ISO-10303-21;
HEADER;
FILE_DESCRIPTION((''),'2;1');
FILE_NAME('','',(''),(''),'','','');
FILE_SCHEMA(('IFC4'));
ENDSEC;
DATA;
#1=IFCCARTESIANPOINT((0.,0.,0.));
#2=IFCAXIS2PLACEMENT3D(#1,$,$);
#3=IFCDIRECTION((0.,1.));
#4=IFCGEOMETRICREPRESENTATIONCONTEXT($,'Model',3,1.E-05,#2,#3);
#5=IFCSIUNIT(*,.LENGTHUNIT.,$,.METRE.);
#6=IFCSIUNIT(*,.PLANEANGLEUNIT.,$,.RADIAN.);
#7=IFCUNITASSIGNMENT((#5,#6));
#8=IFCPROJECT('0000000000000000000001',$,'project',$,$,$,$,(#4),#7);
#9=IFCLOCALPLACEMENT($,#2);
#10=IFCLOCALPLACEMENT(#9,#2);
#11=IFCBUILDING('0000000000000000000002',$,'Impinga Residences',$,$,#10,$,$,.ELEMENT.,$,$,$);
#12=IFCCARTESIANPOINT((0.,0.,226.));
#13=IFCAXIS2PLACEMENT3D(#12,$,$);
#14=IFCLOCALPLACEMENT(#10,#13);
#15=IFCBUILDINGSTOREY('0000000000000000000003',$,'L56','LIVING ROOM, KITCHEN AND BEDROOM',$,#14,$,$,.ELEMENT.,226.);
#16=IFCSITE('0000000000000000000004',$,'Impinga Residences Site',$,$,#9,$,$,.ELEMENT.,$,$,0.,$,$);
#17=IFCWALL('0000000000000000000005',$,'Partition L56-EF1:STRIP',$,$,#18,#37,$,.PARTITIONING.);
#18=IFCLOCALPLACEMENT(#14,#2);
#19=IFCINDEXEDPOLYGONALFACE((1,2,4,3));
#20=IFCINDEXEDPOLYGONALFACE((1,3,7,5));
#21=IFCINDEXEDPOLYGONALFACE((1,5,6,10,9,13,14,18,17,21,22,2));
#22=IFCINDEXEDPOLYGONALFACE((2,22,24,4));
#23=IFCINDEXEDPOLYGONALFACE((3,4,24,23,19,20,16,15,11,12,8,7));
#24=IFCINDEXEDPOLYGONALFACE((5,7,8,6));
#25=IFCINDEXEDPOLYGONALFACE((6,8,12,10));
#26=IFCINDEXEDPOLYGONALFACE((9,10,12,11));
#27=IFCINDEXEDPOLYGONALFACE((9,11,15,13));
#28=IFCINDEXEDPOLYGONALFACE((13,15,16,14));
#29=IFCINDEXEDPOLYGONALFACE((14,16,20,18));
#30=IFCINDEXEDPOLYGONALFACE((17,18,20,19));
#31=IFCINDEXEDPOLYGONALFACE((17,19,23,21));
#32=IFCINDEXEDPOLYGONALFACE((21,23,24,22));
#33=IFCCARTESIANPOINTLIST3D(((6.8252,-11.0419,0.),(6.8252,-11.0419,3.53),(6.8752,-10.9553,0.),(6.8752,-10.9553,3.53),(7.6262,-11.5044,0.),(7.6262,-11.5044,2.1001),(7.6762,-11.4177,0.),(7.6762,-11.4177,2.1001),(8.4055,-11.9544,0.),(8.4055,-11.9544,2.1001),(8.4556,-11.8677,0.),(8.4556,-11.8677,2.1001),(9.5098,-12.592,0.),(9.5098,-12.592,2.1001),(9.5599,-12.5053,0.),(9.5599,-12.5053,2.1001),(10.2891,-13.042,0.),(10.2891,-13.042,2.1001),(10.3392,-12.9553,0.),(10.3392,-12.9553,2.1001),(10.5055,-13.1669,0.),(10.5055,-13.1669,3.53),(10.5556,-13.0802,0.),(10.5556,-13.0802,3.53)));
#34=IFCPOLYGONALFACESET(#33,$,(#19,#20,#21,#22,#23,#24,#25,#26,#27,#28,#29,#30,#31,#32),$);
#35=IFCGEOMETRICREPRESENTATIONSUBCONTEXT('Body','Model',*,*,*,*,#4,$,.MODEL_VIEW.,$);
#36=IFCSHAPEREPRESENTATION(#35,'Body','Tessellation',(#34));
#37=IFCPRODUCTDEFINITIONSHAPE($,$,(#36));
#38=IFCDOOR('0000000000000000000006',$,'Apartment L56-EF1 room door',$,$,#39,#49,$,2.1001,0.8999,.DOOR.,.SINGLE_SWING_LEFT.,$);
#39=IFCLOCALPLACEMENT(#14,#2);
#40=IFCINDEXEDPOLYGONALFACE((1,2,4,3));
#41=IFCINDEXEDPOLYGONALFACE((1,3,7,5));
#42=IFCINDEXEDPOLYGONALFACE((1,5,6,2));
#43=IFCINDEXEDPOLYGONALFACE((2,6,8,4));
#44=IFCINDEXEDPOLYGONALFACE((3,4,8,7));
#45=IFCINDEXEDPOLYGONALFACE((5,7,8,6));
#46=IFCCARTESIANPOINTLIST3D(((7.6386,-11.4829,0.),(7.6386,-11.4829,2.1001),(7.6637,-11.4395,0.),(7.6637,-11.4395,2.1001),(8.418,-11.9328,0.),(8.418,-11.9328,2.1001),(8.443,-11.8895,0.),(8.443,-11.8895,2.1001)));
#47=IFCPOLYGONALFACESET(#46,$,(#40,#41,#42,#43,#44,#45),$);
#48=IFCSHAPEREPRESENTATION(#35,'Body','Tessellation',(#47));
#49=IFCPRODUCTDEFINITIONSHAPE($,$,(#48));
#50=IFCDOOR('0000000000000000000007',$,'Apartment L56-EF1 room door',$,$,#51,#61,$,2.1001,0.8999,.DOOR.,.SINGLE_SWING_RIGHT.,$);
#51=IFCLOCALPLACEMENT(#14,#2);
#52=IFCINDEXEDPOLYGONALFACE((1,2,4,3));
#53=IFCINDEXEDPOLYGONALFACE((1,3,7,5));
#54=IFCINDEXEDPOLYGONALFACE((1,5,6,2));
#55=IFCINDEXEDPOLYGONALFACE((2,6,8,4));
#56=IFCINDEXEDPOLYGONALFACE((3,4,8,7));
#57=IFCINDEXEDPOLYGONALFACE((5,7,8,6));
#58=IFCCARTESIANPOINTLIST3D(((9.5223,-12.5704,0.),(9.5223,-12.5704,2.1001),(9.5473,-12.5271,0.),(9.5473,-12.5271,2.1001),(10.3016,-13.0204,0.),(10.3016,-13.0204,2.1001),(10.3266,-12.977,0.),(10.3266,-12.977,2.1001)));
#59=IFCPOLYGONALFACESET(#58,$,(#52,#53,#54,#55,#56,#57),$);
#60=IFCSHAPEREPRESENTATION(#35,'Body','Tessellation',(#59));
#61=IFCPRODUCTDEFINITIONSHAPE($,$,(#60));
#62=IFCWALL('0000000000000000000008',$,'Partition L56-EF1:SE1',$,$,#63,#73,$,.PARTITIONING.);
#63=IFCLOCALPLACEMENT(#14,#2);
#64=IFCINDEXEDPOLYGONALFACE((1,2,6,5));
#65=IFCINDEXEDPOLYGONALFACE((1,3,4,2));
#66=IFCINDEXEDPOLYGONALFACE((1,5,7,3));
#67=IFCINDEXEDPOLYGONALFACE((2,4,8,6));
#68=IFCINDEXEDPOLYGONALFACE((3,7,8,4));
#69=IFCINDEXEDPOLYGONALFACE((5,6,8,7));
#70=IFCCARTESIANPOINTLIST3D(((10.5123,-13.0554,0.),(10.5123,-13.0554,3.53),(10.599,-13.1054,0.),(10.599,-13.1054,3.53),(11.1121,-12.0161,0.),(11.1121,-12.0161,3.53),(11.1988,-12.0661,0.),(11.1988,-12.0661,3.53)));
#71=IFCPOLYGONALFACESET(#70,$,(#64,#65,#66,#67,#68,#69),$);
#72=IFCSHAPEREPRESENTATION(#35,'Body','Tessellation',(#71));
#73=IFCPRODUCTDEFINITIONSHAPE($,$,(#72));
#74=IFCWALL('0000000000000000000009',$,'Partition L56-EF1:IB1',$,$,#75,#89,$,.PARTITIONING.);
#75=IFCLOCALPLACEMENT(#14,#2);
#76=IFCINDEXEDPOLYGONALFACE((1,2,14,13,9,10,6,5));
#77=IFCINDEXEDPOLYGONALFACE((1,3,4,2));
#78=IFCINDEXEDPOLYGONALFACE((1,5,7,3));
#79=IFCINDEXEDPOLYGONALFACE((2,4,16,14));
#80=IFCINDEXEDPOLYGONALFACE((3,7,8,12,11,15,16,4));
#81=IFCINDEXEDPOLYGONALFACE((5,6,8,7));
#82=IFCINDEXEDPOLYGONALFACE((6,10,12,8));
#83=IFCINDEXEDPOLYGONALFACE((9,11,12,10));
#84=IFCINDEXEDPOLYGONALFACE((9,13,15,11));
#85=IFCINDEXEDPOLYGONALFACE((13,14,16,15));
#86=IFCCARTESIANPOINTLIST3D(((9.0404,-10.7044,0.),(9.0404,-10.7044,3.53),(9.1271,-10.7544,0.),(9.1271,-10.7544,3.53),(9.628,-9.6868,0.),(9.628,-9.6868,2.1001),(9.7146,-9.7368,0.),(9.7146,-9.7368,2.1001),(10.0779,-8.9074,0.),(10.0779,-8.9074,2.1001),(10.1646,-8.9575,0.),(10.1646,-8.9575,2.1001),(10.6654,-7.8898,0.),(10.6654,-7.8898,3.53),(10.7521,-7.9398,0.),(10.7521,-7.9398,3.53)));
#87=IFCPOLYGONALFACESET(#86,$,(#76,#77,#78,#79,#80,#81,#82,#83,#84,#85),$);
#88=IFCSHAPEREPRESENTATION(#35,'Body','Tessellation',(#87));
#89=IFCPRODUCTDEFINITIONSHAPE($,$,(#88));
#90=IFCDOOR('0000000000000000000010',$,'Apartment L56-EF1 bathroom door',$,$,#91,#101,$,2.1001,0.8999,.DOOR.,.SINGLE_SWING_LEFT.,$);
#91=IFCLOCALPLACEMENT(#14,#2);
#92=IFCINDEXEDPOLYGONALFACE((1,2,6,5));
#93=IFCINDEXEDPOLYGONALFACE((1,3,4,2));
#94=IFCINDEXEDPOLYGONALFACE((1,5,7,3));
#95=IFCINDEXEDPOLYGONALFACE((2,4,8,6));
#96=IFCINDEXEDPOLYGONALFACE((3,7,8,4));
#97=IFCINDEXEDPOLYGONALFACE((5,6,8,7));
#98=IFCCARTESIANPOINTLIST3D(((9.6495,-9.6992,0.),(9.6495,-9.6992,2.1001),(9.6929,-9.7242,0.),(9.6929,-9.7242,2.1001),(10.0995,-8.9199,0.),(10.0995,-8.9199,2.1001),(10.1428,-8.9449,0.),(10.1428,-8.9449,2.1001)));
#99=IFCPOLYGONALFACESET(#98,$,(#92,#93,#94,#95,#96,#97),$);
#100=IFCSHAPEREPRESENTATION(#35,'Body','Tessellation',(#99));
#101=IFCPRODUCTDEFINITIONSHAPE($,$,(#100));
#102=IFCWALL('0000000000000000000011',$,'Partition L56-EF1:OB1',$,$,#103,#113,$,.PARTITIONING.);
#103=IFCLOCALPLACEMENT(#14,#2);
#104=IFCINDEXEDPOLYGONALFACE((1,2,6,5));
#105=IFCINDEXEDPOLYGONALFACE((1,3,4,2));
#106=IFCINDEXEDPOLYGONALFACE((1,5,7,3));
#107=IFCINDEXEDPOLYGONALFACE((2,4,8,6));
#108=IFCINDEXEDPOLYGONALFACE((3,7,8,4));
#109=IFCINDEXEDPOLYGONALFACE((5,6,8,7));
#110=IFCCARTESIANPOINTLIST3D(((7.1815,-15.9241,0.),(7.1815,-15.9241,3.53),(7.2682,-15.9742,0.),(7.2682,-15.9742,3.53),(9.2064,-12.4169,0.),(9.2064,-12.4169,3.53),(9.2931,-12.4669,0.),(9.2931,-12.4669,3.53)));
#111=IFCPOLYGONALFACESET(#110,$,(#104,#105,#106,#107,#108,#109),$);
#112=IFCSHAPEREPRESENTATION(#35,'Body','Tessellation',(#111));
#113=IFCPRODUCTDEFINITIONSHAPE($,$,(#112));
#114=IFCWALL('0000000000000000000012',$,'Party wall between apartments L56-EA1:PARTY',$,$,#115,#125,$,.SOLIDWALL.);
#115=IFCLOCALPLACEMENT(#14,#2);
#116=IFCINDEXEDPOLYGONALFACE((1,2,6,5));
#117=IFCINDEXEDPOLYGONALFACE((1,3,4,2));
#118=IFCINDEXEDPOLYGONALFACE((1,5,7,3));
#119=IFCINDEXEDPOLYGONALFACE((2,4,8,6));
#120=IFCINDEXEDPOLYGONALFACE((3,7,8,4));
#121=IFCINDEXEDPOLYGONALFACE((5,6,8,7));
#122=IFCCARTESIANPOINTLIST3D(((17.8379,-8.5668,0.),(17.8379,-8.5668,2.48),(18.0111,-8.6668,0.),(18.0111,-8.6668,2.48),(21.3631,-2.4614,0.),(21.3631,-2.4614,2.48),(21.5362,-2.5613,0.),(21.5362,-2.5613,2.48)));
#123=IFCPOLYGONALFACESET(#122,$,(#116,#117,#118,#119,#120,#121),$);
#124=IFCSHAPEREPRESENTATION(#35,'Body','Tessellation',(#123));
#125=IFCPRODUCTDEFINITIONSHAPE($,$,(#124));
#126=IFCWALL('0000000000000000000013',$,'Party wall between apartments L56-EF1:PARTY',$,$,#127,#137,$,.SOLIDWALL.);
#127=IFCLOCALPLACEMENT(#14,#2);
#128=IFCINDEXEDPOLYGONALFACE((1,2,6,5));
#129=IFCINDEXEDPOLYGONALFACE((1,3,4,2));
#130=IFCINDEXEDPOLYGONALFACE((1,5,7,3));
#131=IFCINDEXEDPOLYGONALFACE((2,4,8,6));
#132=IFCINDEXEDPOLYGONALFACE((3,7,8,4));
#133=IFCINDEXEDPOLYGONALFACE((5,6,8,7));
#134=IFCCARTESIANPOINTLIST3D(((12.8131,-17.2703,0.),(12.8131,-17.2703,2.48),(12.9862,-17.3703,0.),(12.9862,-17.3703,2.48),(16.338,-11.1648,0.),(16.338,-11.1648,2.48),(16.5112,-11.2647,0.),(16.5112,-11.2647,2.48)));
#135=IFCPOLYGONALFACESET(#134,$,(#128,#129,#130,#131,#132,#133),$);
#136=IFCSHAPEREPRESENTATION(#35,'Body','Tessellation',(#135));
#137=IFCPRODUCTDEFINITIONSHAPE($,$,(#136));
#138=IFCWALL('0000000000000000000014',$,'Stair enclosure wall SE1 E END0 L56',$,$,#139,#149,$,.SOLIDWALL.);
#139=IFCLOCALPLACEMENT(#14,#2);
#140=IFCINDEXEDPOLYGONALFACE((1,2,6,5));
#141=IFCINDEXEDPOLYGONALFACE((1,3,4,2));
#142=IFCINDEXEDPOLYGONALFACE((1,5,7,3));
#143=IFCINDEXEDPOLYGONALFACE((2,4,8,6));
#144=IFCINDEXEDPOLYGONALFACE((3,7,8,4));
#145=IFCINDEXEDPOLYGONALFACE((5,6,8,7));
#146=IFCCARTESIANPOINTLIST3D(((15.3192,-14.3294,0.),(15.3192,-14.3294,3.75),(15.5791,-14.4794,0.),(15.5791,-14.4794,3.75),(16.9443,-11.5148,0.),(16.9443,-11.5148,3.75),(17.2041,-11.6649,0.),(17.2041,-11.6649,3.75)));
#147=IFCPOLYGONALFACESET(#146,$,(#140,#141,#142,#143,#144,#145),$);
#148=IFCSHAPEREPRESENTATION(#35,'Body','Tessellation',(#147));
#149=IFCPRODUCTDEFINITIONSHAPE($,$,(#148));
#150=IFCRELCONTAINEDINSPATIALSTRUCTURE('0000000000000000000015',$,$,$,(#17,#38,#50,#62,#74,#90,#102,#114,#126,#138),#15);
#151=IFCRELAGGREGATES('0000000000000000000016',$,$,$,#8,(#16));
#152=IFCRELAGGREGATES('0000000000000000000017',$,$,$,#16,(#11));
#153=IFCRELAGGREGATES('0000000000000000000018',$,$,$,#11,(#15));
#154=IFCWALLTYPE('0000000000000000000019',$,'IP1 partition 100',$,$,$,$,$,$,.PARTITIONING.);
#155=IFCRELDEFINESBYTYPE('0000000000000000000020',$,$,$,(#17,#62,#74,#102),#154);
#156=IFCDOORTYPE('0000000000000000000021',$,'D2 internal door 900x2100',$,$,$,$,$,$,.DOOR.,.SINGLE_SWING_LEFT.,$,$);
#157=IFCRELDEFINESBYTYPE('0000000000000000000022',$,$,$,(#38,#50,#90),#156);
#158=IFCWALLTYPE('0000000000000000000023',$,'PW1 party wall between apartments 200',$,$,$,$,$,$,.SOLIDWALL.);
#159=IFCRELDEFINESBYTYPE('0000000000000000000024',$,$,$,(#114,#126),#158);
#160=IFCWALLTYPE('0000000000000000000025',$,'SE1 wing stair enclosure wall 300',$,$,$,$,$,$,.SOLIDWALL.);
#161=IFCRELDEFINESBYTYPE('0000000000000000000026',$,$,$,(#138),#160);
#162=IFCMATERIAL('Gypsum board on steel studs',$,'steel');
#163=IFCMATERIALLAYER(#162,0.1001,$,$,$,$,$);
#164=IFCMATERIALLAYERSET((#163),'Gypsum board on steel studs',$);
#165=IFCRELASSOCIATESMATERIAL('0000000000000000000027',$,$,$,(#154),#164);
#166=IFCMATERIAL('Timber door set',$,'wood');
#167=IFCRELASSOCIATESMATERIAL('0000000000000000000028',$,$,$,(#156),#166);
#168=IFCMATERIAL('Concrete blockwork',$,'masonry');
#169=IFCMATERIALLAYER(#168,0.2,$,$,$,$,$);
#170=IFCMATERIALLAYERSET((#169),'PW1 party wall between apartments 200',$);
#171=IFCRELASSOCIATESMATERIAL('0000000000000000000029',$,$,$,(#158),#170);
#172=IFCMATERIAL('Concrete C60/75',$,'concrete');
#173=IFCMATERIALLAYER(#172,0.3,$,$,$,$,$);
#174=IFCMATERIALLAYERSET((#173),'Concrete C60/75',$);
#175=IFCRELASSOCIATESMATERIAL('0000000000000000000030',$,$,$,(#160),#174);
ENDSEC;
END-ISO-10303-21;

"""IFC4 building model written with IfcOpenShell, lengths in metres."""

from ifc_helpers import new_model, si_unit, direction, frame, frame_2d, origin, place, context, subcontext, project, spatial, rectangle, extrude, material, layer, layer_set, type_object, element, fill, save


model = new_model("IFC4")

# Units and contexts
model_context = context("Model", 3, precision=1e-05, world=origin(), true_north=direction((0.0, 1.0)))
body_context = subcontext(model_context, "Body", "Model", "MODEL_VIEW")
ifc_project = project(units=[si_unit("LENGTHUNIT", "METRE"), si_unit("PLANEANGLEUNIT", "RADIAN")], contexts=[model_context])

# Site, building, storey
site_placement = place(None, origin())
site = spatial("IfcSite", under=ifc_project, at=site_placement, Name="Impinga Residences Site", CompositionType="ELEMENT", RefElevation=0.0)
building_placement = place(site_placement, origin())
building = spatial("IfcBuilding", under=site, at=building_placement, Name="Impinga Residences", CompositionType="ELEMENT")
storey_placement = place(building_placement, frame((0.0, 0.0, 226.0)))
storey = spatial("IfcBuildingStorey", under=building, at=storey_placement, Name="L56", Description="LIVING ROOM, KITCHEN AND BEDROOM", CompositionType="ELEMENT", Elevation=226.0)

# Shared definitions
ifc_material_1 = material(Name="Concrete C60/75", Category="concrete")

# Shared definitions
ifc_material_2 = material(Name="Timber door set", Category="wood")

# Shared definitions
ifc_material_3 = material(Name="Gypsum board on steel studs", Category="steel")
ifc_layer_1 = layer(ifc_material_3, 0.1001)
ifc_layer_set_1 = layer_set([ifc_layer_1], Name="Gypsum board on steel studs")
wall_type_1 = type_object("IfcWallType", Name="IP1 partition 100", PredefinedType="PARTITIONING", material=ifc_layer_set_1)
door_type_1 = type_object("IfcDoorType", Name="D2 internal door 900x2100", OperationType="SINGLE_SWING_LEFT", PredefinedType="DOOR", material=ifc_material_2)

# Wall, openings, doors
wall_1_placement = place(storey_placement, frame((6.8501, -10.9985, 0.0), z_axis=(0.0, 0.0, 1.0), x_axis=(0.866014, -0.500019, 0.0)))
wall_1 = element("IfcWall", 1, at=wall_1_placement, inside=storey, type_object=wall_type_1, Name="Partition L56-EF1:STRIP", PredefinedType="PARTITIONING", context=body_context, shape_type="SweptSolid", body=[
    extrude(rectangle(XDim=4.2498, YDim=0.1001, at=frame_2d((2.125, 0.0))), origin(), (0.0, 0.0, 1.0), 3.53),
])
opening_1_placement = place(wall_1_placement, frame((0.925, 0.0, 0.0)))
opening_1 = element("IfcOpeningElement", 2, at=opening_1_placement, cuts=wall_1, PredefinedType="OPENING", context=body_context, shape_type="SweptSolid", body=[
    extrude(rectangle(XDim=0.8999, YDim=2.1001, at=frame_2d((0.45, 1.05))), frame((0.0, 0.0601, 0.0), z_axis=(0.0, -1.0, 0.0), x_axis=(1.0, 0.0, 0.0)), (0.0, 0.0, 1.0), 0.1201),
])
opening_2_placement = place(wall_1_placement, frame((3.1001, 0.0, 0.0)))
opening_2 = element("IfcOpeningElement", 3, at=opening_2_placement, cuts=wall_1, PredefinedType="OPENING", context=body_context, shape_type="SweptSolid", body=[
    extrude(rectangle(XDim=0.8999, YDim=2.1001, at=frame_2d((0.45, 1.05))), frame((0.0, 0.0601, 0.0), z_axis=(0.0, -1.0, 0.0), x_axis=(1.0, 0.0, 0.0)), (0.0, 0.0, 1.0), 0.1201),
])
door_1_placement = place(opening_1_placement, origin())
door_1 = element("IfcDoor", 4, at=door_1_placement, inside=storey, type_object=door_type_1, Name="Apartment L56-EF1 room door", OperationType="SINGLE_SWING_LEFT", OverallHeight=2.1001, OverallWidth=0.8999, PredefinedType="DOOR", context=body_context, shape_type="SweptSolid", body=[
    extrude(rectangle(XDim=0.8999, YDim=2.1001, at=frame_2d((0.45, 1.05))), frame((0.0, 0.0249, 0.0), z_axis=(0.0, -1.0, 0.0), x_axis=(1.0, 0.0, 0.0)), (0.0, 0.0, 1.0), 0.05),
])
fill(opening_1, door_1)
door_2_placement = place(opening_2_placement, origin())
door_2 = element("IfcDoor", 5, at=door_2_placement, inside=storey, type_object=door_type_1, Name="Apartment L56-EF1 room door", OperationType="SINGLE_SWING_RIGHT", OverallHeight=2.1001, OverallWidth=0.8999, PredefinedType="DOOR", context=body_context, shape_type="SweptSolid", body=[
    extrude(rectangle(XDim=0.8999, YDim=2.1001, at=frame_2d((0.45, 1.05))), frame((0.0, 0.0249, 0.0), z_axis=(0.0, -1.0, 0.0), x_axis=(1.0, 0.0, 0.0)), (0.0, 0.0, 1.0), 0.05),
])
fill(opening_2, door_2)

# Wall
wall_2_placement = place(storey_placement, frame((11.1555, -12.041, 0.0), z_axis=(0.0, 0.0, 1.0), x_axis=(-0.499881, -0.866094, 0.0)))
element("IfcWall", 6, at=wall_2_placement, inside=storey, type_object=wall_type_1, Name="Partition L56-EF1:SE1", PredefinedType="PARTITIONING", context=body_context, shape_type="SweptSolid", body=[
    extrude(rectangle(XDim=1.2, YDim=0.1001, at=frame_2d((0.6001, 0.0))), origin(), (0.0, 0.0, 1.0), 3.53),
])

# Wall, opening, door
wall_3_placement = place(storey_placement, frame((10.7087, -7.9148, 0.0), z_axis=(0.0, 0.0, 1.0), x_axis=(-0.499985, -0.866034, 0.0)))
wall_3 = element("IfcWall", 7, at=wall_3_placement, inside=storey, type_object=wall_type_1, Name="Partition L56-EF1:IB1", PredefinedType="PARTITIONING", context=body_context, shape_type="SweptSolid", body=[
    extrude(rectangle(XDim=3.25, YDim=0.1001, at=frame_2d((1.625, 0.0))), origin(), (0.0, 0.0, 1.0), 3.53),
])
opening_3_placement = place(wall_3_placement, frame((1.175, 0.0, 0.0)))
opening_3 = element("IfcOpeningElement", 8, at=opening_3_placement, cuts=wall_3, PredefinedType="OPENING", context=body_context, shape_type="SweptSolid", body=[
    extrude(rectangle(XDim=0.8999, YDim=2.1001, at=frame_2d((0.45, 1.05))), frame((0.0, 0.0601, 0.0), z_axis=(0.0, -1.0, 0.0), x_axis=(1.0, 0.0, 0.0)), (0.0, 0.0, 1.0), 0.1201),
])
door_3_placement = place(opening_3_placement, origin())
door_3 = element("IfcDoor", 9, at=door_3_placement, inside=storey, type_object=door_type_1, Name="Apartment L56-EF1 bathroom door", OperationType="SINGLE_SWING_LEFT", OverallHeight=2.1001, OverallWidth=0.8999, PredefinedType="DOOR", context=body_context, shape_type="SweptSolid", body=[
    extrude(rectangle(XDim=0.8999, YDim=2.1001, at=frame_2d((0.45, 1.05))), frame((0.0, 0.0249, 0.0), z_axis=(0.0, -1.0, 0.0), x_axis=(1.0, 0.0, 0.0)), (0.0, 0.0, 1.0), 0.05),
])
fill(opening_3, door_3)

# Walls
wall_4_placement = place(storey_placement, frame((9.2498, -12.4419, 0.0), z_axis=(0.0, 0.0, 1.0), x_axis=(-0.49999, -0.866031, 0.0)))
element("IfcWall", 10, at=wall_4_placement, inside=storey, type_object=wall_type_1, Name="Partition L56-EF1:OB1", PredefinedType="PARTITIONING", context=body_context, shape_type="SweptSolid", body=[
    extrude(rectangle(XDim=4.0498, YDim=0.1001, at=frame_2d((2.0249, 0.0))), origin(), (0.0, 0.0, 1.0), 3.53),
])
ifc_material_4 = material(Name="Concrete blockwork", Category="masonry")
ifc_layer_2 = layer(ifc_material_4, 0.2)
ifc_layer_set_2 = layer_set([ifc_layer_2], Name="PW1 party wall between apartments 200")
wall_type_2 = type_object("IfcWallType", Name="PW1 party wall between apartments 200", PredefinedType="SOLIDWALL", material=ifc_layer_set_2)
for number, where, z_axis, x_axis, name in (
    (11, (17.9246, -8.6167, 0.0), (0.0, 0.0, 1.0), (0.500016, 0.866016, 0.0), "Party wall between apartments L56-EA1:PARTY"),
    (12, (16.4246, -11.2148, 0.0), (0.0, 0.0, 1.0), (-0.49999, -0.866031, 0.0), "Party wall between apartments L56-EF1:PARTY"),
):
    element("IfcWall", number, at=place(storey_placement, frame(where, z_axis=z_axis, x_axis=x_axis)), inside=storey, type_object=wall_type_2, Name=name, PredefinedType="SOLIDWALL", context=body_context, shape_type="SweptSolid", body=[
        extrude(rectangle(XDim=7.05, YDim=0.2, at=frame_2d((3.5249, 0.0))), origin(), (0.0, 0.0, 1.0), 2.48),
    ])
ifc_layer_3 = layer(ifc_material_1, 0.3)
ifc_layer_set_3 = layer_set([ifc_layer_3], Name="Concrete C60/75")
wall_type_3 = type_object("IfcWallType", Name="SE1 wing stair enclosure wall 300", PredefinedType="SOLIDWALL", material=ifc_layer_set_3)
wall_5_placement = place(storey_placement, frame((17.0742, -11.5898, 0.0), z_axis=(0.0, 0.0, 1.0), x_axis=(-0.500017, -0.866015, 0.0)))
element("IfcWall", 13, at=wall_5_placement, inside=storey, type_object=wall_type_3, Name="Stair enclosure wall SE1 E END0 L56", PredefinedType="SOLIDWALL", context=body_context, shape_type="SweptSolid", body=[
    extrude(rectangle(XDim=3.25, YDim=0.3, at=frame_2d((1.625, 0.0))), origin(), (0.0, 0.0, 1.0), 3.75),
])

save(model, "model.ifc")
